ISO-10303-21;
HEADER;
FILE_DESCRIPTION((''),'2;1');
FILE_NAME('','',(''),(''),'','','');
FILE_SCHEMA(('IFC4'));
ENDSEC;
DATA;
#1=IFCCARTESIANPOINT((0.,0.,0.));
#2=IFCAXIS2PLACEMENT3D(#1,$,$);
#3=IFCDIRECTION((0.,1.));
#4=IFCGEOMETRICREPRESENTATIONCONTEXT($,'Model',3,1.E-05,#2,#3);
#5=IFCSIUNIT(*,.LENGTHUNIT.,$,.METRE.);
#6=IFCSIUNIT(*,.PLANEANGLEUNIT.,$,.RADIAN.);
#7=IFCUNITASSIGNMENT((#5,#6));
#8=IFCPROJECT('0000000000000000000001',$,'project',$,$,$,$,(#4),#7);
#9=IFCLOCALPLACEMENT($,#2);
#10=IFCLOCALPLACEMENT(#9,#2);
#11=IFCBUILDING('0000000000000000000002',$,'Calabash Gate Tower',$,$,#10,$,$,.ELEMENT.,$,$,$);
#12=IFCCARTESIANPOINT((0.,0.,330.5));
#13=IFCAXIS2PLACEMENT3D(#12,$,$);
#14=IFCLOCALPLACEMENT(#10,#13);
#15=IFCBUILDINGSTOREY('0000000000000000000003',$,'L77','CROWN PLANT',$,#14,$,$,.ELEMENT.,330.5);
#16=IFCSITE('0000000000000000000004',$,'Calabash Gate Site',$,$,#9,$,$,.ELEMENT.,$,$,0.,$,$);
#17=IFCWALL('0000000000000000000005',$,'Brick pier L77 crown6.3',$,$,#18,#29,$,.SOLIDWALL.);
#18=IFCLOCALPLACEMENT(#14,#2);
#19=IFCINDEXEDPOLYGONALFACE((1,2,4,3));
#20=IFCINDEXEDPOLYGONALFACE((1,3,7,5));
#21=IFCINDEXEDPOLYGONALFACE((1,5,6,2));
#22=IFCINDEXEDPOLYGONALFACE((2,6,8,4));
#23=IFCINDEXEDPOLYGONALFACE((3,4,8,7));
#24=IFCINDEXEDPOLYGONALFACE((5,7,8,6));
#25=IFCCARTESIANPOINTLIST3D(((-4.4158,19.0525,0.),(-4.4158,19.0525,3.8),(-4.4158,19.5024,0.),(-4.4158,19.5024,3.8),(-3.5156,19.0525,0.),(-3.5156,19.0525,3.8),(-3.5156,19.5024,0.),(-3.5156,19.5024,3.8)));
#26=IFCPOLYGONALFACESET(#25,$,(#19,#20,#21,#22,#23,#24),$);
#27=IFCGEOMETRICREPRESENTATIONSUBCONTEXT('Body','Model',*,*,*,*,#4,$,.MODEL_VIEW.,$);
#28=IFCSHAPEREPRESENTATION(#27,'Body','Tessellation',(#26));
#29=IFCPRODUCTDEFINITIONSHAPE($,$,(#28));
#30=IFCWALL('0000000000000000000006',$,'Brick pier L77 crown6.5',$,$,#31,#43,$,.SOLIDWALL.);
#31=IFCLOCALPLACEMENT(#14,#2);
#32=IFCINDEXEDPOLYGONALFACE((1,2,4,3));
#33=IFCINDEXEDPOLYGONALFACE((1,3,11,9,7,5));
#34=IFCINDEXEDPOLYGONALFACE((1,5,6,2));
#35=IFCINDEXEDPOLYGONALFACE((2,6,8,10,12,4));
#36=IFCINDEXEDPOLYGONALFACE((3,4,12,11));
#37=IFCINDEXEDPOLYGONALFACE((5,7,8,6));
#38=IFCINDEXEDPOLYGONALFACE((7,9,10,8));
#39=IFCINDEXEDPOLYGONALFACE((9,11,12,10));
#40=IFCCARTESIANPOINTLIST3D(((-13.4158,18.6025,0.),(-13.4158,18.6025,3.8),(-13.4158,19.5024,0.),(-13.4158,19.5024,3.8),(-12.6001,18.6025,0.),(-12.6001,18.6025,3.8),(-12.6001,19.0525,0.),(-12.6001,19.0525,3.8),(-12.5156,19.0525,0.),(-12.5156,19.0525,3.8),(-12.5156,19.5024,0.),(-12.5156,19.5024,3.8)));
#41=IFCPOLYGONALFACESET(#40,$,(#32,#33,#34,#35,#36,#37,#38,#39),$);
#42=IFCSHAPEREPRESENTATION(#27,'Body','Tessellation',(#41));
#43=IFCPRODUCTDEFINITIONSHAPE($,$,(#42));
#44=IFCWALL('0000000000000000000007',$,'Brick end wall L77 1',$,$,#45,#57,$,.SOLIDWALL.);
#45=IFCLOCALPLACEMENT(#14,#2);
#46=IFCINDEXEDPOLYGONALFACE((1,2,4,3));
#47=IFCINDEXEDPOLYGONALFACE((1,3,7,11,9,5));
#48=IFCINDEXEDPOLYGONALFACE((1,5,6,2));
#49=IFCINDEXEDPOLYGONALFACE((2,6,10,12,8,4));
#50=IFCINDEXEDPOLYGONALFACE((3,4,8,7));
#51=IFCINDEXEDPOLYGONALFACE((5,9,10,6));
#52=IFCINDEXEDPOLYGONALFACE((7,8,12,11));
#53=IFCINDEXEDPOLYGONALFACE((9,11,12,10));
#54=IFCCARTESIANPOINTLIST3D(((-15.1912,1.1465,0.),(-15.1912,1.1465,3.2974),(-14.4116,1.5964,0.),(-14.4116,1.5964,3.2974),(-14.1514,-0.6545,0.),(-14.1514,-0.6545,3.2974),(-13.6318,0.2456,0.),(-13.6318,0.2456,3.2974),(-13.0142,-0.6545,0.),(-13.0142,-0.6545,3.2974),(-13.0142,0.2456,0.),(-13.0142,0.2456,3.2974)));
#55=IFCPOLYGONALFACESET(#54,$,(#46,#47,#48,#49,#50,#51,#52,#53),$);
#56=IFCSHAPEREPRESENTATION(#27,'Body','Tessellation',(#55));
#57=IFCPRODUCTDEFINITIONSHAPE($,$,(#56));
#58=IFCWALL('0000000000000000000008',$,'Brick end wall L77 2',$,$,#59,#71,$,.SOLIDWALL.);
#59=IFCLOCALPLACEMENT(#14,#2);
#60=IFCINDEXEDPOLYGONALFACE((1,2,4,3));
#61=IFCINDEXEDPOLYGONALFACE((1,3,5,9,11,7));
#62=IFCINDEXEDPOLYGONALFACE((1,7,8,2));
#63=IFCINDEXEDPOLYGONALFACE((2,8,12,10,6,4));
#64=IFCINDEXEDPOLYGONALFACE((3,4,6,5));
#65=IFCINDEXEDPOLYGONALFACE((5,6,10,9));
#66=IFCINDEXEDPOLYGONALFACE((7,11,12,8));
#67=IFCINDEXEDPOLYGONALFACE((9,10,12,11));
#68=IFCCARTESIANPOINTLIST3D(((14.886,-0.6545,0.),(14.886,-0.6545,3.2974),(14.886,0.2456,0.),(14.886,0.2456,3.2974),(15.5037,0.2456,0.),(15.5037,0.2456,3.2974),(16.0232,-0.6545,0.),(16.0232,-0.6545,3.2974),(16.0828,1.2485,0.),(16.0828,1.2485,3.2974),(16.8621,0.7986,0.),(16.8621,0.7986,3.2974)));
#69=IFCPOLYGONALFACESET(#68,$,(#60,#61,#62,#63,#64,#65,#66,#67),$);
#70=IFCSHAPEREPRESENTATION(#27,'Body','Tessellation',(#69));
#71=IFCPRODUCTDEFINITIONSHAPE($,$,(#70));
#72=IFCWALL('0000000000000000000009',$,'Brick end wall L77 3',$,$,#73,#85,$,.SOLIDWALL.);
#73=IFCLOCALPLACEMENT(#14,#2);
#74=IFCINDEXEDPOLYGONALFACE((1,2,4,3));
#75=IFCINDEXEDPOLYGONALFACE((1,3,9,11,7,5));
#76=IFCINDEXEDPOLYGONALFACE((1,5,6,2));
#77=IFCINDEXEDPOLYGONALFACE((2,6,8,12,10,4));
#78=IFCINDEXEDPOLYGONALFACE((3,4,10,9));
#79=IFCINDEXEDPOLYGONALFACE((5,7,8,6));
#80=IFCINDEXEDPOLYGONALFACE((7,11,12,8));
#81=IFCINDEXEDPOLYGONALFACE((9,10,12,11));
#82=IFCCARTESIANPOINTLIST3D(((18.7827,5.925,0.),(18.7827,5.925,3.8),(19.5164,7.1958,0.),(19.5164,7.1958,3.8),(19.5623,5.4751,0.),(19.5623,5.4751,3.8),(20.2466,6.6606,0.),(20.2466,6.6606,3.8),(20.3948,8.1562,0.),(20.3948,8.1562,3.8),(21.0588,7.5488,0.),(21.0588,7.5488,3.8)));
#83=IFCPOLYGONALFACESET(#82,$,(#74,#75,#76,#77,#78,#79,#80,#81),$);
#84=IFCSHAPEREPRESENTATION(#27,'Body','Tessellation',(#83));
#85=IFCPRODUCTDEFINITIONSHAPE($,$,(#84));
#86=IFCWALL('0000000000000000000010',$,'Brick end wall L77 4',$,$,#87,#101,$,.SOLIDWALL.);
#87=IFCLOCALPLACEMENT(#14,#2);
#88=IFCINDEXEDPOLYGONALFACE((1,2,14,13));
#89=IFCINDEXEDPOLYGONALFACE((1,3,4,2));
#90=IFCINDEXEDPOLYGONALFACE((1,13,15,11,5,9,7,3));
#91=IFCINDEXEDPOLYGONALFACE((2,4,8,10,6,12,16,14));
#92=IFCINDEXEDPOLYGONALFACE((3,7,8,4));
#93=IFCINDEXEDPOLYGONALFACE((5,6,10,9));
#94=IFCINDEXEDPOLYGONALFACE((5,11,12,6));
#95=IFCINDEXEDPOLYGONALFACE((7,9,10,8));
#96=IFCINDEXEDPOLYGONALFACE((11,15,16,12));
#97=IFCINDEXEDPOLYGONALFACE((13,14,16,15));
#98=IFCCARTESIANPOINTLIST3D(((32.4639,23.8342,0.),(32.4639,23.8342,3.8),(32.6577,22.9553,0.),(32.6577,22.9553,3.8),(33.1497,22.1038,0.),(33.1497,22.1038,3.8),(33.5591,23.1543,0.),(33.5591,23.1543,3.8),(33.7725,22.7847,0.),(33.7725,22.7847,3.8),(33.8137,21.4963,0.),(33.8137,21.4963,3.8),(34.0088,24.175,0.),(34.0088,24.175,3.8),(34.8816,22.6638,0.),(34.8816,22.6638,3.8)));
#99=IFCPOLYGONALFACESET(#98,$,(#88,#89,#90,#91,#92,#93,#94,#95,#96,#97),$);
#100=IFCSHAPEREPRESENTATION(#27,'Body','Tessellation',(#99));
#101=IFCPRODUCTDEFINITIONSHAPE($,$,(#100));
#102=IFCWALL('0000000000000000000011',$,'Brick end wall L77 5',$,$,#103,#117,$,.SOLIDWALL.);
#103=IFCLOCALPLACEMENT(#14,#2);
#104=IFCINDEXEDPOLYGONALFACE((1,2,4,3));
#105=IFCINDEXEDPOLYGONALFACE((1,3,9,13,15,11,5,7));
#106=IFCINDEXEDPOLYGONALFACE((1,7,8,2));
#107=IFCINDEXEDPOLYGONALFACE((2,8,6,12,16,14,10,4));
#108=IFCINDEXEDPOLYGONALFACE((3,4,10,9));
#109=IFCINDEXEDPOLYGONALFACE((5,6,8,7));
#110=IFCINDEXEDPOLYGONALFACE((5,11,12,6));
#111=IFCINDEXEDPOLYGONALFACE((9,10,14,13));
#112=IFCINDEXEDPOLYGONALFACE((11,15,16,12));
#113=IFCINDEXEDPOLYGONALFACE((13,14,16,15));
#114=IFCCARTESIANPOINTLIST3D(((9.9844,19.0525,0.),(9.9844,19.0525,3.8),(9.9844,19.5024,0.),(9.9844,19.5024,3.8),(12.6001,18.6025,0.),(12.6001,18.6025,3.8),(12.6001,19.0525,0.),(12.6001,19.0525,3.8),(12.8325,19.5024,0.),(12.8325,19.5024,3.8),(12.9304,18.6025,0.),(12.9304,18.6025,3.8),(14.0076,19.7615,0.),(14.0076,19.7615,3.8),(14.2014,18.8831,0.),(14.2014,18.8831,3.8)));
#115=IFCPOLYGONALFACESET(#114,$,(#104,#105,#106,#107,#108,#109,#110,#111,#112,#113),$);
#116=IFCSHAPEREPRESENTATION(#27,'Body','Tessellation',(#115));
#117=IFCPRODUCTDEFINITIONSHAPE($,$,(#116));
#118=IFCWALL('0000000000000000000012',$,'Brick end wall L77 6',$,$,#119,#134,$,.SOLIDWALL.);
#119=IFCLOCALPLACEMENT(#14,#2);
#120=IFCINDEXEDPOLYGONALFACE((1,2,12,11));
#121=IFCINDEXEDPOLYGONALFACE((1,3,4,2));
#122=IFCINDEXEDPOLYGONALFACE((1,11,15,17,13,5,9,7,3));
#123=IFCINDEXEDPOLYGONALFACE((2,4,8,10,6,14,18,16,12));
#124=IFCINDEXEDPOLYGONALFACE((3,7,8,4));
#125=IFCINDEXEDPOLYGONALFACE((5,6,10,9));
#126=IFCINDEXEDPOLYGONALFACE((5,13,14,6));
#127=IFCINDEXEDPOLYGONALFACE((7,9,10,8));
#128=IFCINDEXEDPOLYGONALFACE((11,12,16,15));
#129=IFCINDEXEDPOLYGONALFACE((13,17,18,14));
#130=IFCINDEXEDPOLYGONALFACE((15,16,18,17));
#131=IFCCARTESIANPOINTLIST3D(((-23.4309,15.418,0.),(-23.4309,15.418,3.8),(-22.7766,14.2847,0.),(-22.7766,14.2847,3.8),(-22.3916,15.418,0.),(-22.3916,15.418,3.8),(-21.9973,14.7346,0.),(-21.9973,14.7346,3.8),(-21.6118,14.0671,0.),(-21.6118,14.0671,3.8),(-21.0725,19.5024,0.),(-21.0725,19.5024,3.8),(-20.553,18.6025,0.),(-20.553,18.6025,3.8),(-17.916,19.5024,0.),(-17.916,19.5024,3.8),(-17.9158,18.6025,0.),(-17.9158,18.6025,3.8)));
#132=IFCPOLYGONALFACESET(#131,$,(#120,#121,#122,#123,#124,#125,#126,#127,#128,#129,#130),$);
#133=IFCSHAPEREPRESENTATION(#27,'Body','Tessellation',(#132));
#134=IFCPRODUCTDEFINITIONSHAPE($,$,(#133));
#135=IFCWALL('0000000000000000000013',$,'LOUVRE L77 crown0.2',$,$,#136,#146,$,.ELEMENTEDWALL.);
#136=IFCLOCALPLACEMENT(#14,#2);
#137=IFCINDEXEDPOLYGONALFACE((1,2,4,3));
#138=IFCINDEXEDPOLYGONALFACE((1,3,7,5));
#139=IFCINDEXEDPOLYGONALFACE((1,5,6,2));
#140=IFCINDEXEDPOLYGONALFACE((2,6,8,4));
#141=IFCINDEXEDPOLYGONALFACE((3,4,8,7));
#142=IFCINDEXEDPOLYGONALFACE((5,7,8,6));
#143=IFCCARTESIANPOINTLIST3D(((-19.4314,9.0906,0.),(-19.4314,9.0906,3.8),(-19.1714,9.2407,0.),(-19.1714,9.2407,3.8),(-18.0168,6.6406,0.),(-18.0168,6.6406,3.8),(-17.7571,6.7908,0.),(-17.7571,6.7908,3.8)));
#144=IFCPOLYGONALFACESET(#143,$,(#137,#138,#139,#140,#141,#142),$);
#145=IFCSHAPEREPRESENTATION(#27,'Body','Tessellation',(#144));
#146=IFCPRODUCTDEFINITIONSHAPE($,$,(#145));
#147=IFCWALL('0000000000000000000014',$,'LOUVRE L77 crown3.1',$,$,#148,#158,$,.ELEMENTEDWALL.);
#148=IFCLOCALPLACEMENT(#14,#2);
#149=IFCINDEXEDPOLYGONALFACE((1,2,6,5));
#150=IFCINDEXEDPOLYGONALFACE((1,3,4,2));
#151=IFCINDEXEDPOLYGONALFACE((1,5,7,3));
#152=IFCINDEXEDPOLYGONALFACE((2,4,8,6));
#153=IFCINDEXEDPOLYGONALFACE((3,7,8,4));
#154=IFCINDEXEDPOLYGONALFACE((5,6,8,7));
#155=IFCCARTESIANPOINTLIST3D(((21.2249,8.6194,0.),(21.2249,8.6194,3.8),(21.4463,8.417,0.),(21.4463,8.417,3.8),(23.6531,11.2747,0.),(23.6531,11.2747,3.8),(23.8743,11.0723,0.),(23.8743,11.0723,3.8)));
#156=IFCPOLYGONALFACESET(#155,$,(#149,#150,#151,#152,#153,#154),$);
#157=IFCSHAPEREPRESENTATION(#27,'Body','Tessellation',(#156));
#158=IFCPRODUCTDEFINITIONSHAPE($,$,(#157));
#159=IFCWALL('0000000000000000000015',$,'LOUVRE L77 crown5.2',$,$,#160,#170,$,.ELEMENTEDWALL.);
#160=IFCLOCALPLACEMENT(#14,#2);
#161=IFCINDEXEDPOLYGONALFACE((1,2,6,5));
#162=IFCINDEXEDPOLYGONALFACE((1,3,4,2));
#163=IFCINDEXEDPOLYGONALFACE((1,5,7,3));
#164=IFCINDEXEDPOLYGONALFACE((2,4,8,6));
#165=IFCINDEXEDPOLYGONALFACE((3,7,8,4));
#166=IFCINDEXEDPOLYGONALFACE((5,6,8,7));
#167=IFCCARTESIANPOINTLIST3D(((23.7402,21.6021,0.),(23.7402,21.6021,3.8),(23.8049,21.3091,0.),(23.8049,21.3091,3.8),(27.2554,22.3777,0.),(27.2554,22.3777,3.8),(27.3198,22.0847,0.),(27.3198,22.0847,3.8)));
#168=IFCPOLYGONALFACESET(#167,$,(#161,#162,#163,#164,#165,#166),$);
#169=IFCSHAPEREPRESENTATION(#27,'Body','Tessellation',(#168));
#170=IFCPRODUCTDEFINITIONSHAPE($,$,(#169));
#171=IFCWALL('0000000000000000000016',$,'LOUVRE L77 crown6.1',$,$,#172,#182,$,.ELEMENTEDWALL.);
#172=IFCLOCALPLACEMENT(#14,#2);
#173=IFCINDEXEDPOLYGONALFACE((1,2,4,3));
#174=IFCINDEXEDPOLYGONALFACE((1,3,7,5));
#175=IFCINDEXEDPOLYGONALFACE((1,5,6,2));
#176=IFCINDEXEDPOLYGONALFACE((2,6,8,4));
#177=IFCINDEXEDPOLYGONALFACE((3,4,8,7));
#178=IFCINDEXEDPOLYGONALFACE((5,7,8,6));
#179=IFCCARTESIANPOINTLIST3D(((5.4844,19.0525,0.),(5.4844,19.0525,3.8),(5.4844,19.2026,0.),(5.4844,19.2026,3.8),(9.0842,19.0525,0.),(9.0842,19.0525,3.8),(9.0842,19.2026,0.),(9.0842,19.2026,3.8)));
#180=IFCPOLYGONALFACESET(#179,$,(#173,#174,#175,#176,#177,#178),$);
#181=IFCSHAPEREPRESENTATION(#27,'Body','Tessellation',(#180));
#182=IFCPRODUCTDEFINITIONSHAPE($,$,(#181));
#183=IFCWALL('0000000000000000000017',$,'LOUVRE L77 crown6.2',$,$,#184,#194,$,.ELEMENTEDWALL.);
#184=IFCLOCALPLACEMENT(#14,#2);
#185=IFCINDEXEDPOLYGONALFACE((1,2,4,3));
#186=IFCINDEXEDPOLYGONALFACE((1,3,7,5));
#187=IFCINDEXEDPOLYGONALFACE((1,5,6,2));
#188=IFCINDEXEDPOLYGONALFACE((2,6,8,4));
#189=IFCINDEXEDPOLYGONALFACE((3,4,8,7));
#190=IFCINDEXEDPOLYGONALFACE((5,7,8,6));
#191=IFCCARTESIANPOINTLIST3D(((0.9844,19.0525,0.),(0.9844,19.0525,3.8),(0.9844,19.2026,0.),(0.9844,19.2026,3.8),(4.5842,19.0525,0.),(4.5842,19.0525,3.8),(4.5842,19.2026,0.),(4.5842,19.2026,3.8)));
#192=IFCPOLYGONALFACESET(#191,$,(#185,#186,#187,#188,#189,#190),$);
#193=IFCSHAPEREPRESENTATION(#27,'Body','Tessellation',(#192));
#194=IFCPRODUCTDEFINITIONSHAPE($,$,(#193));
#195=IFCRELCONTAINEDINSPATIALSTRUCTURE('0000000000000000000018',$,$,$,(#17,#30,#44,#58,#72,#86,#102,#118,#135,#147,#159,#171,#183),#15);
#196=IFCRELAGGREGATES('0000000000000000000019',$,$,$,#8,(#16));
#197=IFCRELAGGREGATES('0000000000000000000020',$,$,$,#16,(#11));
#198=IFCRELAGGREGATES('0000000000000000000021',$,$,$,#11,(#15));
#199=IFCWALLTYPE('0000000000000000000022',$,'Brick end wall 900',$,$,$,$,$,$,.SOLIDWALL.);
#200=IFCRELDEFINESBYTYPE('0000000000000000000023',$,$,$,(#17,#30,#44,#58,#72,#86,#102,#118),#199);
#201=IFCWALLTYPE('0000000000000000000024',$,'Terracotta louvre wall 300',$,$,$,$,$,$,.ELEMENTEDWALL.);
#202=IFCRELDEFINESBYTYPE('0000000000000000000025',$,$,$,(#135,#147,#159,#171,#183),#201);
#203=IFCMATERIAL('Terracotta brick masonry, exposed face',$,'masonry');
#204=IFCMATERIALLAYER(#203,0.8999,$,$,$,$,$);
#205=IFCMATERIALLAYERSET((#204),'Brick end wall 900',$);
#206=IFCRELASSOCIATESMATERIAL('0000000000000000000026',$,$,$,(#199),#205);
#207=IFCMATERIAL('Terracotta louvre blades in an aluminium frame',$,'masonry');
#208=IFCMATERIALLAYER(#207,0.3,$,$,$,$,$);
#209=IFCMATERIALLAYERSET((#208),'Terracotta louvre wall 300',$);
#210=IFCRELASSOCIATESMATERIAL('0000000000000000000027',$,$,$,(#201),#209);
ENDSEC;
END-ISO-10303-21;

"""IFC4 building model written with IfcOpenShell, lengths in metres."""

from ifc_helpers import new_model, si_unit, direction, frame, origin, place, context, subcontext, project, spatial, polyline, outline, extrude, material, layer, layer_set, type_object, element, save


model = new_model("IFC4")

# Units and contexts
model_context = context("Model", 3, precision=1e-05, world=origin(), true_north=direction((0.0, 1.0)))
body_context = subcontext(model_context, "Body", "Model", "MODEL_VIEW")
ifc_project = project(units=[si_unit("LENGTHUNIT", "METRE"), si_unit("PLANEANGLEUNIT", "RADIAN")], contexts=[model_context])

# Site, building, storey
site_placement = place(None, origin())
site = spatial("IfcSite", under=ifc_project, at=site_placement, Name="Calabash Gate Site", CompositionType="ELEMENT", RefElevation=0.0)
building_placement = place(site_placement, origin())
building = spatial("IfcBuilding", under=site, at=building_placement, Name="Calabash Gate Tower", CompositionType="ELEMENT")
storey_placement = place(building_placement, frame((0.0, 0.0, 330.5)))
storey = spatial("IfcBuildingStorey", under=building, at=storey_placement, Name="L77", Description="CROWN PLANT", CompositionType="ELEMENT", Elevation=330.5)

# Walls
ifc_material_1 = material(Name="Terracotta brick masonry, exposed face", Category="masonry")
ifc_layer_1 = layer(ifc_material_1, 0.8999)
ifc_layer_set_1 = layer_set([ifc_layer_1], Name="Brick end wall 900")
wall_type_1 = type_object("IfcWallType", Name="Brick end wall 900", PredefinedType="SOLIDWALL", material=ifc_layer_set_1)
wall_1_placement = place(storey_placement, origin())
element("IfcWall", 1, at=wall_1_placement, inside=storey, type_object=wall_type_1, Name="Brick pier L77 crown6.3", PredefinedType="SOLIDWALL", context=body_context, shape_type="SweptSolid", body=[
    extrude(outline(polyline([(-4.4158, 19.5024), (-4.4158, 19.0525), (-3.5156, 19.0525), (-3.5156, 19.5024), (-4.4158, 19.5024)])), origin(), (0.0, 0.0, 1.0), 3.8),
])
wall_2_placement = place(storey_placement, origin())
element("IfcWall", 2, at=wall_2_placement, inside=storey, type_object=wall_type_1, Name="Brick pier L77 crown6.5", PredefinedType="SOLIDWALL", context=body_context, shape_type="SweptSolid", body=[
    extrude(outline(polyline([(-13.4158, 19.5024), (-13.4158, 18.6025), (-12.6001, 18.6025), (-12.6001, 19.0525), (-12.5156, 19.0525), (-12.5156, 19.5024), (-13.4158, 19.5024)])), origin(), (0.0, 0.0, 1.0), 3.8),
])
wall_3_placement = place(storey_placement, origin())
element("IfcWall", 3, at=wall_3_placement, inside=storey, type_object=wall_type_1, Name="Brick end wall L77 1", PredefinedType="SOLIDWALL", context=body_context, shape_type="SweptSolid", body=[
    extrude(outline(polyline([(-14.4116, 1.5964), (-15.1912, 1.1465), (-14.1514, -0.6545), (-13.0142, -0.6545), (-13.0142, 0.2456), (-13.6318, 0.2456), (-14.4116, 1.5964)])), origin(), (0.0, 0.0, 1.0), 3.2974),
])
wall_4_placement = place(storey_placement, origin())
element("IfcWall", 4, at=wall_4_placement, inside=storey, type_object=wall_type_1, Name="Brick end wall L77 2", PredefinedType="SOLIDWALL", context=body_context, shape_type="SweptSolid", body=[
    extrude(outline(polyline([(14.886, 0.2456), (14.886, -0.6545), (16.0232, -0.6545), (16.8621, 0.7986), (16.0828, 1.2485), (15.5037, 0.2456), (14.886, 0.2456)])), origin(), (0.0, 0.0, 1.0), 3.2974),
])
wall_5_placement = place(storey_placement, origin())
element("IfcWall", 5, at=wall_5_placement, inside=storey, type_object=wall_type_1, Name="Brick end wall L77 3", PredefinedType="SOLIDWALL", context=body_context, shape_type="SweptSolid", body=[
    extrude(outline(polyline([(18.7827, 5.925), (19.5623, 5.4751), (20.2466, 6.6606), (21.0588, 7.5488), (20.3948, 8.1562), (19.5164, 7.1958), (18.7827, 5.925)])), origin(), (0.0, 0.0, 1.0), 3.8),
])
wall_6_placement = place(storey_placement, origin())
element("IfcWall", 6, at=wall_6_placement, inside=storey, type_object=wall_type_1, Name="Brick end wall L77 4", PredefinedType="SOLIDWALL", context=body_context, shape_type="SweptSolid", body=[
    extrude(outline(polyline([(33.8137, 21.4963), (34.8816, 22.6638), (34.0088, 24.175), (32.4639, 23.8342), (32.6577, 22.9553), (33.5591, 23.1543), (33.7725, 22.7847), (33.1497, 22.1038), (33.8137, 21.4963)])), origin(), (0.0, 0.0, 1.0), 3.8),
])
wall_7_placement = place(storey_placement, origin())
element("IfcWall", 7, at=wall_7_placement, inside=storey, type_object=wall_type_1, Name="Brick end wall L77 5", PredefinedType="SOLIDWALL", context=body_context, shape_type="SweptSolid", body=[
    extrude(outline(polyline([(14.0076, 19.7615), (12.8325, 19.5024), (9.9844, 19.5024), (9.9844, 19.0525), (12.6001, 19.0525), (12.6001, 18.6025), (12.9304, 18.6025), (14.2014, 18.8831), (14.0076, 19.7615)])), origin(), (0.0, 0.0, 1.0), 3.8),
])
wall_8_placement = place(storey_placement, origin())
element("IfcWall", 8, at=wall_8_placement, inside=storey, type_object=wall_type_1, Name="Brick end wall L77 6", PredefinedType="SOLIDWALL", context=body_context, shape_type="SweptSolid", body=[
    extrude(outline(polyline([(-17.9158, 18.6025), (-17.916, 19.5024), (-21.0725, 19.5024), (-23.4309, 15.418), (-22.7766, 14.2847), (-21.9973, 14.7346), (-21.6118, 14.0671), (-22.3916, 15.418), (-20.553, 18.6025), (-17.9158, 18.6025)])), origin(), (0.0, 0.0, 1.0), 3.8),
])
ifc_material_2 = material(Name="Terracotta louvre blades in an aluminium frame", Category="masonry")
ifc_layer_2 = layer(ifc_material_2, 0.3)
ifc_layer_set_2 = layer_set([ifc_layer_2], Name="Terracotta louvre wall 300")
wall_type_2 = type_object("IfcWallType", Name="Terracotta louvre wall 300", PredefinedType="ELEMENTEDWALL", material=ifc_layer_set_2)
wall_9_placement = place(storey_placement, origin())
element("IfcWall", 9, at=wall_9_placement, inside=storey, type_object=wall_type_2, Name="LOUVRE L77 crown0.2", PredefinedType="ELEMENTEDWALL", context=body_context, shape_type="SweptSolid", body=[
    extrude(outline(polyline([(-19.4314, 9.0906), (-18.0168, 6.6406), (-17.7571, 6.7908), (-19.1714, 9.2407), (-19.4314, 9.0906)])), origin(), (0.0, 0.0, 1.0), 3.8),
])
wall_10_placement = place(storey_placement, origin())
element("IfcWall", 10, at=wall_10_placement, inside=storey, type_object=wall_type_2, Name="LOUVRE L77 crown3.1", PredefinedType="ELEMENTEDWALL", context=body_context, shape_type="SweptSolid", body=[
    extrude(outline(polyline([(23.6531, 11.2747), (21.2249, 8.6194), (21.4463, 8.417), (23.8743, 11.0723), (23.6531, 11.2747)])), origin(), (0.0, 0.0, 1.0), 3.8),
])
wall_11_placement = place(storey_placement, origin())
element("IfcWall", 11, at=wall_11_placement, inside=storey, type_object=wall_type_2, Name="LOUVRE L77 crown5.2", PredefinedType="ELEMENTEDWALL", context=body_context, shape_type="SweptSolid", body=[
    extrude(outline(polyline([(27.2554, 22.3777), (23.7402, 21.6021), (23.8049, 21.3091), (27.3198, 22.0847), (27.2554, 22.3777)])), origin(), (0.0, 0.0, 1.0), 3.8),
])
wall_12_placement = place(storey_placement, origin())
element("IfcWall", 12, at=wall_12_placement, inside=storey, type_object=wall_type_2, Name="LOUVRE L77 crown6.1", PredefinedType="ELEMENTEDWALL", context=body_context, shape_type="SweptSolid", body=[
    extrude(outline(polyline([(9.0842, 19.2026), (5.4844, 19.2026), (5.4844, 19.0525), (9.0842, 19.0525), (9.0842, 19.2026)])), origin(), (0.0, 0.0, 1.0), 3.8),
])
wall_13_placement = place(storey_placement, origin())
element("IfcWall", 13, at=wall_13_placement, inside=storey, type_object=wall_type_2, Name="LOUVRE L77 crown6.2", PredefinedType="ELEMENTEDWALL", context=body_context, shape_type="SweptSolid", body=[
    extrude(outline(polyline([(4.5842, 19.2026), (0.9844, 19.2026), (0.9844, 19.0525), (4.5842, 19.0525), (4.5842, 19.2026)])), origin(), (0.0, 0.0, 1.0), 3.8),
])

save(model, "model.ifc")
